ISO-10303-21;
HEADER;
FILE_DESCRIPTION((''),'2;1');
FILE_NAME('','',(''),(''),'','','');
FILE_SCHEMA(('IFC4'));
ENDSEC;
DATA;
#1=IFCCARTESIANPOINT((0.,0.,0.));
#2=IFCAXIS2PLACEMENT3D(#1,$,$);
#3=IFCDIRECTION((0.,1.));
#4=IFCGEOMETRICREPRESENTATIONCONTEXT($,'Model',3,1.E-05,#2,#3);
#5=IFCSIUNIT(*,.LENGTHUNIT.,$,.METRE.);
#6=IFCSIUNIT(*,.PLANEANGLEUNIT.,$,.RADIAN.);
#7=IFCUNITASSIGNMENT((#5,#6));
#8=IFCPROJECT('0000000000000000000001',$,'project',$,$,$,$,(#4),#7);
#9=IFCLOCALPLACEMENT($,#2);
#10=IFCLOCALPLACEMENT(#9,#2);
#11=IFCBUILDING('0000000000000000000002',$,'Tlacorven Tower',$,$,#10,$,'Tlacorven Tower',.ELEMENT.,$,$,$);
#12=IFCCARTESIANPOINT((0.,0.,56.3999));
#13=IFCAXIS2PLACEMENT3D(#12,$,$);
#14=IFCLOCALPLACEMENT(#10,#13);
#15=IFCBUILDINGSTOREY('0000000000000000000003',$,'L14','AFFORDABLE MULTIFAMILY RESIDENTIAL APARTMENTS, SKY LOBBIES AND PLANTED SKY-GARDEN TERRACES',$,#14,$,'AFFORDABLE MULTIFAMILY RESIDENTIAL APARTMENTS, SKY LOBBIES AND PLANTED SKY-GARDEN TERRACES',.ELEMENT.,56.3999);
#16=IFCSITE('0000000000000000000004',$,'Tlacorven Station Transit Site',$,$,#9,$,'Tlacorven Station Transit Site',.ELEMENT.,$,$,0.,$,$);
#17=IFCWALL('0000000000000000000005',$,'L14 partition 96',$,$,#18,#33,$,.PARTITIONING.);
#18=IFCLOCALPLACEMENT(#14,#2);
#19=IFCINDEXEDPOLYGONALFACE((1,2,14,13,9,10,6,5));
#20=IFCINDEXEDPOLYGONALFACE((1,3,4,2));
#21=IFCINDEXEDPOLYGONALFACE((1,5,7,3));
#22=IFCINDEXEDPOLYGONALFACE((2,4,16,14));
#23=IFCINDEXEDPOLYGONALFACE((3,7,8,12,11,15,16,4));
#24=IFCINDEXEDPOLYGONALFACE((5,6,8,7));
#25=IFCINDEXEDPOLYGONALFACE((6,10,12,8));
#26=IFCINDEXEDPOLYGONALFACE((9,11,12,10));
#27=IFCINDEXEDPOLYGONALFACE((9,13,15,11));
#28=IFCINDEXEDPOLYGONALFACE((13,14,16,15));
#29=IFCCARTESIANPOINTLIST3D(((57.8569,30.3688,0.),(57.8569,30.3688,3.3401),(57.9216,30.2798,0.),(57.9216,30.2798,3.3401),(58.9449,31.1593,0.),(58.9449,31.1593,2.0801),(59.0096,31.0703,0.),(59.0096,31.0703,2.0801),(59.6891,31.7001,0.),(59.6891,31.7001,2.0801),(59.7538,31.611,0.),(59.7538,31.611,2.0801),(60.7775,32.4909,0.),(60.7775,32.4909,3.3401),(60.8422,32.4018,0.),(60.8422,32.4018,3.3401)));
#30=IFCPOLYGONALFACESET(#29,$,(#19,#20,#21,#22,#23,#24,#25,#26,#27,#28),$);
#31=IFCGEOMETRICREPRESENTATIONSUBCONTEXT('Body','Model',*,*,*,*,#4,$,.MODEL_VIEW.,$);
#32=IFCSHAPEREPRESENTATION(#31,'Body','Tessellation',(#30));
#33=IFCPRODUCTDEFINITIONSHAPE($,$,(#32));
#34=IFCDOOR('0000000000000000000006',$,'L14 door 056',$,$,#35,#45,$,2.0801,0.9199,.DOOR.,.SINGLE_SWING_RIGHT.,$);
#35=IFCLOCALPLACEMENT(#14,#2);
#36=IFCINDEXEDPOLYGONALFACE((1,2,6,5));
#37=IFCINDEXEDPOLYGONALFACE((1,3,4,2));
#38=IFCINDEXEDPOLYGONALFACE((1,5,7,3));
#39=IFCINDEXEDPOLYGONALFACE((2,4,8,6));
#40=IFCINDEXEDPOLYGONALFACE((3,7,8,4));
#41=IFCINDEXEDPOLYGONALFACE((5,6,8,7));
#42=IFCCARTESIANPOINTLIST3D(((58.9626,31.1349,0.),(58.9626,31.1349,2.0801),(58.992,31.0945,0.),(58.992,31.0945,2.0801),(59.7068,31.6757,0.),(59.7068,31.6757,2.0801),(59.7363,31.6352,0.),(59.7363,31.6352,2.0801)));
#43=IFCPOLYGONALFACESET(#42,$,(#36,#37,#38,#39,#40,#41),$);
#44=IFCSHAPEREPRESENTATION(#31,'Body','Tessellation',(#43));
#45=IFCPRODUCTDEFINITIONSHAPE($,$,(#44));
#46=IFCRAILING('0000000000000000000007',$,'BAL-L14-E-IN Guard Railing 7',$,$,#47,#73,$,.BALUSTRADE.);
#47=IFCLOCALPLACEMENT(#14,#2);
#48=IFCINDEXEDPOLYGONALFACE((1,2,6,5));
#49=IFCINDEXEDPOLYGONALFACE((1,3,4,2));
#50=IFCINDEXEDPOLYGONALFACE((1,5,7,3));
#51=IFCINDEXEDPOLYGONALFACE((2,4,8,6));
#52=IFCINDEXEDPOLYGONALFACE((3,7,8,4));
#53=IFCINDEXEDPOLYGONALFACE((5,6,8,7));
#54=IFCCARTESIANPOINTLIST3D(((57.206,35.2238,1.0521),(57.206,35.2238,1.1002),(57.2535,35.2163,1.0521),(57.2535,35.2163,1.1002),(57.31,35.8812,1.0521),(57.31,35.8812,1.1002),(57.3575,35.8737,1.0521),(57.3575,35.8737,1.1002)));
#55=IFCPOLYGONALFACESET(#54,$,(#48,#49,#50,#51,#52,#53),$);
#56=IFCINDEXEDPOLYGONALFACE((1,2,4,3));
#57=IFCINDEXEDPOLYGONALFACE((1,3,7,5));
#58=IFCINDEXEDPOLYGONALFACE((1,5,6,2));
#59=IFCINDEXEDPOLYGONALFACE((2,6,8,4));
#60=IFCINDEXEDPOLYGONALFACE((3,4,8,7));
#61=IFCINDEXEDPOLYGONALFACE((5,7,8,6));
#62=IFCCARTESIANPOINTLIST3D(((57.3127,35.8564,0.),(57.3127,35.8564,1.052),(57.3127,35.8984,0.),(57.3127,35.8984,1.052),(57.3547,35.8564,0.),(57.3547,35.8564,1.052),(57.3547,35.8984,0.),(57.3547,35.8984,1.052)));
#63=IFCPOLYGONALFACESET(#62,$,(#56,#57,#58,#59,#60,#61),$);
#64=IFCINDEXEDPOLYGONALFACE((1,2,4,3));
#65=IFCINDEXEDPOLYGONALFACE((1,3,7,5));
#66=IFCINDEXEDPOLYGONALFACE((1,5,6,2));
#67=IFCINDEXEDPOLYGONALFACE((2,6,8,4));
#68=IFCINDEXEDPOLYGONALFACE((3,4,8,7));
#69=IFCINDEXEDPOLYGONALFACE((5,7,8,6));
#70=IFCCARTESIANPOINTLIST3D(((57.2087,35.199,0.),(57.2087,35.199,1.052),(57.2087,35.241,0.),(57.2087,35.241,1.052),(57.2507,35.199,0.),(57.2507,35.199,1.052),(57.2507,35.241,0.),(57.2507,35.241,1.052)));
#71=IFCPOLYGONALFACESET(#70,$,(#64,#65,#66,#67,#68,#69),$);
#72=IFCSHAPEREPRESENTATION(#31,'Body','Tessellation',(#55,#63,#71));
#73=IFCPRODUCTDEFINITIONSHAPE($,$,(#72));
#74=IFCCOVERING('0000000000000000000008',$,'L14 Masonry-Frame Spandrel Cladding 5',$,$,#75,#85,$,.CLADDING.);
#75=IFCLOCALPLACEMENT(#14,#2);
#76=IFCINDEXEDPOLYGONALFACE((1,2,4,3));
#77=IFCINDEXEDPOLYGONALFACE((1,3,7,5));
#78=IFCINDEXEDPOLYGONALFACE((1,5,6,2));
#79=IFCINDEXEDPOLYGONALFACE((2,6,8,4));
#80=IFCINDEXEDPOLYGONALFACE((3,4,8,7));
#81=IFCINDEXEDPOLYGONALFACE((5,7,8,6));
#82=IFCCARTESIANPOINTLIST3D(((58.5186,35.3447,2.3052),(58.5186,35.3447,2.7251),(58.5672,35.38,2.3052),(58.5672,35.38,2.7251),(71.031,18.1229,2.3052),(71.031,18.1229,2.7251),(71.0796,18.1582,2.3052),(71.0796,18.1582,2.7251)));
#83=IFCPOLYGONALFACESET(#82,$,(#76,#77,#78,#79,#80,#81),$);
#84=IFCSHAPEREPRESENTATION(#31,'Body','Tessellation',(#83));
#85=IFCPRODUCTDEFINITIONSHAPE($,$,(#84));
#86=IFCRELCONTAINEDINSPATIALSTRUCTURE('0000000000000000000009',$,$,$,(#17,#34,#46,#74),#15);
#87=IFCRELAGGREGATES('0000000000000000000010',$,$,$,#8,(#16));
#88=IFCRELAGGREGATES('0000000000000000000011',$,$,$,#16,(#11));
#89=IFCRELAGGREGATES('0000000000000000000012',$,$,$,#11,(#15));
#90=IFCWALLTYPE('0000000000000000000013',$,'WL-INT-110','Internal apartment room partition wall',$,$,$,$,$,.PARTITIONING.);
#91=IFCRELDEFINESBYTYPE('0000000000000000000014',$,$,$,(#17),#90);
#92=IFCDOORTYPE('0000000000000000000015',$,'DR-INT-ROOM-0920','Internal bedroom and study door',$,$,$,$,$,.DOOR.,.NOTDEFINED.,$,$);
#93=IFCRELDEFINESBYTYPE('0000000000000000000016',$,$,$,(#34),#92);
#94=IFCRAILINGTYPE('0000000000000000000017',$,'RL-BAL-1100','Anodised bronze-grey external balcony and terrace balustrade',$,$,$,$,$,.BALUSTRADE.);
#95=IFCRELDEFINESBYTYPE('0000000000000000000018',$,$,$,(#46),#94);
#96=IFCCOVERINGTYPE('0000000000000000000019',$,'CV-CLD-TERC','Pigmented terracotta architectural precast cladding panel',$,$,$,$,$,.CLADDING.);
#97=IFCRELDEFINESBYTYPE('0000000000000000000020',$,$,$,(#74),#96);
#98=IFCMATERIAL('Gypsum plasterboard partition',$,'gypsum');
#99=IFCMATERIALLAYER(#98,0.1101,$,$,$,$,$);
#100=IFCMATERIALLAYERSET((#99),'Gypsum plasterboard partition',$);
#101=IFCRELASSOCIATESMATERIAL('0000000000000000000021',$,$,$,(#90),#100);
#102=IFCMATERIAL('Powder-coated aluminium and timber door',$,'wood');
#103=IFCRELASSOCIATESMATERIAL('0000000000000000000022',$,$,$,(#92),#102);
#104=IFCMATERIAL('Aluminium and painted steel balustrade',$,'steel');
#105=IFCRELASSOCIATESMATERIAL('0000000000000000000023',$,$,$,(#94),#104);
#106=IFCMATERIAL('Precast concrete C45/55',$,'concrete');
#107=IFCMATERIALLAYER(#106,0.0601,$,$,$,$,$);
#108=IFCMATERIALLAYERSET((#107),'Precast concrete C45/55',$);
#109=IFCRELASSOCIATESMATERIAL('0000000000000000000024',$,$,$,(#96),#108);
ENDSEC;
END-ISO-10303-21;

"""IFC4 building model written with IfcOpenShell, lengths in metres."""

from ifc_helpers import new_model, si_unit, direction, frame, frame_2d, origin, origin_2d, place, context, subcontext, project, spatial, rectangle, extrude, source, transform, mapped, material, layer, layer_set, type_object, element, fill, save


model = new_model("IFC4")

# Units and contexts
model_context = context("Model", 3, precision=1e-05, world=origin(), true_north=direction((0.0, 1.0)))
body_context = subcontext(model_context, "Body", "Model", "MODEL_VIEW")
ifc_project = project(units=[si_unit("LENGTHUNIT", "METRE"), si_unit("PLANEANGLEUNIT", "RADIAN")], contexts=[model_context])

# Site, building, storey
site_placement = place(None, origin())
site = spatial("IfcSite", under=ifc_project, at=site_placement, Name="Tlacorven Station Transit Site", LongName="Tlacorven Station Transit Site", CompositionType="ELEMENT", RefElevation=0.0)
building_placement = place(site_placement, origin())
building = spatial("IfcBuilding", under=site, at=building_placement, Name="Tlacorven Tower", LongName="Tlacorven Tower", CompositionType="ELEMENT")
storey_placement = place(building_placement, frame((0.0, 0.0, 56.3999)))
storey = spatial("IfcBuildingStorey", under=building, at=storey_placement, Name="L14", Description="AFFORDABLE MULTIFAMILY RESIDENTIAL APARTMENTS, SKY LOBBIES AND PLANTED SKY-GARDEN TERRACES", LongName="AFFORDABLE MULTIFAMILY RESIDENTIAL APARTMENTS, SKY LOBBIES AND PLANTED SKY-GARDEN TERRACES", CompositionType="ELEMENT", Elevation=56.3999)

# Shared definitions
ifc_material_1 = material(Name="Precast concrete C45/55", Category="concrete")

# Wall, opening, door
ifc_material_2 = material(Name="Gypsum plasterboard partition", Category="gypsum")
ifc_layer_1 = layer(ifc_material_2, 0.1101)
ifc_layer_set_1 = layer_set([ifc_layer_1], Name="Gypsum plasterboard partition")
wall_type_1 = type_object("IfcWallType", Name="WL-INT-110", Description="Internal apartment room partition wall", PredefinedType="PARTITIONING", material=ifc_layer_set_1)
wall_1_placement = place(storey_placement, frame((57.8892, 30.3242, 0.0), z_axis=(0.0, 0.0, 1.0), x_axis=(0.809005, 0.587802, 0.0)))
wall_1 = element("IfcWall", 1, at=wall_1_placement, inside=storey, type_object=wall_type_1, Name="L14 partition 96", PredefinedType="PARTITIONING", context=body_context, shape_type="SweptSolid", body=[
    extrude(rectangle(XDim=3.6101, YDim=0.1101, at=frame_2d((1.8052, 0.0))), origin(), (0.0, 0.0, 1.0), 3.3401),
])
opening_1_placement = place(wall_1_placement, frame((1.345, 0.0, 0.0)))
opening_1 = element("IfcOpeningElement", 2, at=opening_1_placement, cuts=wall_1, PredefinedType="OPENING", context=body_context, shape_type="SweptSolid", body=[
    extrude(rectangle(XDim=0.9199, YDim=2.0801, at=frame_2d((0.46, 1.04))), frame((0.0, 0.0649, 0.0), z_axis=(0.0, -1.0, 0.0), x_axis=(1.0, 0.0, 0.0)), (0.0, 0.0, 1.0), 0.1301),
])
ifc_material_3 = material(Name="Powder-coated aluminium and timber door", Category="wood")
door_type_1 = type_object("IfcDoorType", Name="DR-INT-ROOM-0920", Description="Internal bedroom and study door", OperationType="NOTDEFINED", PredefinedType="DOOR", material=ifc_material_3)
shared_shape_1 = source(origin(), body_context, "Body", "SweptSolid", [
    extrude(rectangle(XDim=0.9199, YDim=2.0801, at=frame_2d((0.46, 1.04))), frame((0.0, 0.0249, 0.0), z_axis=(0.0, -1.0, 0.0), x_axis=(1.0, 0.0, 0.0)), (0.0, 0.0, 1.0), 0.05),
])
door_1_placement = place(opening_1_placement, origin())
door_1 = element("IfcDoor", 3, at=door_1_placement, inside=storey, type_object=door_type_1, Name="L14 door 056", OperationType="SINGLE_SWING_RIGHT", OverallHeight=2.0801, OverallWidth=0.9199, PredefinedType="DOOR", context=body_context, shape_type="MappedRepresentation", body=[
    mapped(shared_shape_1, transform((0.0, 0.0, 0.0), scale=1.0)),
])
fill(opening_1, door_1)

# Railing
ifc_material_4 = material(Name="Aluminium and painted steel balustrade", Category="steel")
railing_type = type_object("IfcRailingType", Name="RL-BAL-1100", Description="Anodised bronze-grey external balcony and terrace balustrade", PredefinedType="BALUSTRADE", material=ifc_material_4)
shared_shape_2 = source(origin(), body_context, "Body", "SweptSolid", [
    extrude(rectangle(XDim=0.0481, YDim=0.0481, at=origin_2d()), frame((0.0, 0.0, 1.0762), z_axis=(-0.156245, -0.987718, 0.0), x_axis=(0.987718, -0.156245, 0.0)), (0.0, 0.0, 1.0), 0.6655),
    extrude(rectangle(XDim=0.042, YDim=0.042, at=origin_2d()), origin(), (0.0, 0.0, 1.0), 1.052),
    extrude(rectangle(XDim=0.042, YDim=0.042, at=origin_2d()), frame((-0.104, -0.6575, 0.0)), (0.0, 0.0, 1.0), 1.052),
])
railing_placement = place(storey_placement, frame((57.3337, 35.8774, 0.0)))
element("IfcRailing", 4, at=railing_placement, inside=storey, type_object=railing_type, Name="BAL-L14-E-IN Guard Railing 7", PredefinedType="BALUSTRADE", context=body_context, shape_type="MappedRepresentation", body=[
    mapped(shared_shape_2, transform((0.0, 0.0, 0.0), scale=1.0)),
])

# Covering
ifc_layer_2 = layer(ifc_material_1, 0.0601)
ifc_layer_set_2 = layer_set([ifc_layer_2], Name="Precast concrete C45/55")
covering_type = type_object("IfcCoveringType", Name="CV-CLD-TERC", Description="Pigmented terracotta architectural precast cladding panel", PredefinedType="CLADDING", material=ifc_layer_set_2)
shared_shape_3 = source(origin(), body_context, "Body", "SweptSolid", [
    extrude(rectangle(XDim=21.2874, YDim=0.0601, at=origin_2d()), origin(), (0.0, 0.0, 1.0), 0.4199),
])
covering_placement = place(storey_placement, frame((64.7991, 26.7515, 2.3052), z_axis=(0.0, 0.0, 1.0), x_axis=(0.587785, -0.809017, 0.0)))
element("IfcCovering", 5, at=covering_placement, inside=storey, type_object=covering_type, Name="L14 Masonry-Frame Spandrel Cladding 5", PredefinedType="CLADDING", context=body_context, shape_type="MappedRepresentation", body=[
    mapped(shared_shape_3, transform((0.0, 0.0, 0.0), scale=1.0)),
])

save(model, "model.ifc")
